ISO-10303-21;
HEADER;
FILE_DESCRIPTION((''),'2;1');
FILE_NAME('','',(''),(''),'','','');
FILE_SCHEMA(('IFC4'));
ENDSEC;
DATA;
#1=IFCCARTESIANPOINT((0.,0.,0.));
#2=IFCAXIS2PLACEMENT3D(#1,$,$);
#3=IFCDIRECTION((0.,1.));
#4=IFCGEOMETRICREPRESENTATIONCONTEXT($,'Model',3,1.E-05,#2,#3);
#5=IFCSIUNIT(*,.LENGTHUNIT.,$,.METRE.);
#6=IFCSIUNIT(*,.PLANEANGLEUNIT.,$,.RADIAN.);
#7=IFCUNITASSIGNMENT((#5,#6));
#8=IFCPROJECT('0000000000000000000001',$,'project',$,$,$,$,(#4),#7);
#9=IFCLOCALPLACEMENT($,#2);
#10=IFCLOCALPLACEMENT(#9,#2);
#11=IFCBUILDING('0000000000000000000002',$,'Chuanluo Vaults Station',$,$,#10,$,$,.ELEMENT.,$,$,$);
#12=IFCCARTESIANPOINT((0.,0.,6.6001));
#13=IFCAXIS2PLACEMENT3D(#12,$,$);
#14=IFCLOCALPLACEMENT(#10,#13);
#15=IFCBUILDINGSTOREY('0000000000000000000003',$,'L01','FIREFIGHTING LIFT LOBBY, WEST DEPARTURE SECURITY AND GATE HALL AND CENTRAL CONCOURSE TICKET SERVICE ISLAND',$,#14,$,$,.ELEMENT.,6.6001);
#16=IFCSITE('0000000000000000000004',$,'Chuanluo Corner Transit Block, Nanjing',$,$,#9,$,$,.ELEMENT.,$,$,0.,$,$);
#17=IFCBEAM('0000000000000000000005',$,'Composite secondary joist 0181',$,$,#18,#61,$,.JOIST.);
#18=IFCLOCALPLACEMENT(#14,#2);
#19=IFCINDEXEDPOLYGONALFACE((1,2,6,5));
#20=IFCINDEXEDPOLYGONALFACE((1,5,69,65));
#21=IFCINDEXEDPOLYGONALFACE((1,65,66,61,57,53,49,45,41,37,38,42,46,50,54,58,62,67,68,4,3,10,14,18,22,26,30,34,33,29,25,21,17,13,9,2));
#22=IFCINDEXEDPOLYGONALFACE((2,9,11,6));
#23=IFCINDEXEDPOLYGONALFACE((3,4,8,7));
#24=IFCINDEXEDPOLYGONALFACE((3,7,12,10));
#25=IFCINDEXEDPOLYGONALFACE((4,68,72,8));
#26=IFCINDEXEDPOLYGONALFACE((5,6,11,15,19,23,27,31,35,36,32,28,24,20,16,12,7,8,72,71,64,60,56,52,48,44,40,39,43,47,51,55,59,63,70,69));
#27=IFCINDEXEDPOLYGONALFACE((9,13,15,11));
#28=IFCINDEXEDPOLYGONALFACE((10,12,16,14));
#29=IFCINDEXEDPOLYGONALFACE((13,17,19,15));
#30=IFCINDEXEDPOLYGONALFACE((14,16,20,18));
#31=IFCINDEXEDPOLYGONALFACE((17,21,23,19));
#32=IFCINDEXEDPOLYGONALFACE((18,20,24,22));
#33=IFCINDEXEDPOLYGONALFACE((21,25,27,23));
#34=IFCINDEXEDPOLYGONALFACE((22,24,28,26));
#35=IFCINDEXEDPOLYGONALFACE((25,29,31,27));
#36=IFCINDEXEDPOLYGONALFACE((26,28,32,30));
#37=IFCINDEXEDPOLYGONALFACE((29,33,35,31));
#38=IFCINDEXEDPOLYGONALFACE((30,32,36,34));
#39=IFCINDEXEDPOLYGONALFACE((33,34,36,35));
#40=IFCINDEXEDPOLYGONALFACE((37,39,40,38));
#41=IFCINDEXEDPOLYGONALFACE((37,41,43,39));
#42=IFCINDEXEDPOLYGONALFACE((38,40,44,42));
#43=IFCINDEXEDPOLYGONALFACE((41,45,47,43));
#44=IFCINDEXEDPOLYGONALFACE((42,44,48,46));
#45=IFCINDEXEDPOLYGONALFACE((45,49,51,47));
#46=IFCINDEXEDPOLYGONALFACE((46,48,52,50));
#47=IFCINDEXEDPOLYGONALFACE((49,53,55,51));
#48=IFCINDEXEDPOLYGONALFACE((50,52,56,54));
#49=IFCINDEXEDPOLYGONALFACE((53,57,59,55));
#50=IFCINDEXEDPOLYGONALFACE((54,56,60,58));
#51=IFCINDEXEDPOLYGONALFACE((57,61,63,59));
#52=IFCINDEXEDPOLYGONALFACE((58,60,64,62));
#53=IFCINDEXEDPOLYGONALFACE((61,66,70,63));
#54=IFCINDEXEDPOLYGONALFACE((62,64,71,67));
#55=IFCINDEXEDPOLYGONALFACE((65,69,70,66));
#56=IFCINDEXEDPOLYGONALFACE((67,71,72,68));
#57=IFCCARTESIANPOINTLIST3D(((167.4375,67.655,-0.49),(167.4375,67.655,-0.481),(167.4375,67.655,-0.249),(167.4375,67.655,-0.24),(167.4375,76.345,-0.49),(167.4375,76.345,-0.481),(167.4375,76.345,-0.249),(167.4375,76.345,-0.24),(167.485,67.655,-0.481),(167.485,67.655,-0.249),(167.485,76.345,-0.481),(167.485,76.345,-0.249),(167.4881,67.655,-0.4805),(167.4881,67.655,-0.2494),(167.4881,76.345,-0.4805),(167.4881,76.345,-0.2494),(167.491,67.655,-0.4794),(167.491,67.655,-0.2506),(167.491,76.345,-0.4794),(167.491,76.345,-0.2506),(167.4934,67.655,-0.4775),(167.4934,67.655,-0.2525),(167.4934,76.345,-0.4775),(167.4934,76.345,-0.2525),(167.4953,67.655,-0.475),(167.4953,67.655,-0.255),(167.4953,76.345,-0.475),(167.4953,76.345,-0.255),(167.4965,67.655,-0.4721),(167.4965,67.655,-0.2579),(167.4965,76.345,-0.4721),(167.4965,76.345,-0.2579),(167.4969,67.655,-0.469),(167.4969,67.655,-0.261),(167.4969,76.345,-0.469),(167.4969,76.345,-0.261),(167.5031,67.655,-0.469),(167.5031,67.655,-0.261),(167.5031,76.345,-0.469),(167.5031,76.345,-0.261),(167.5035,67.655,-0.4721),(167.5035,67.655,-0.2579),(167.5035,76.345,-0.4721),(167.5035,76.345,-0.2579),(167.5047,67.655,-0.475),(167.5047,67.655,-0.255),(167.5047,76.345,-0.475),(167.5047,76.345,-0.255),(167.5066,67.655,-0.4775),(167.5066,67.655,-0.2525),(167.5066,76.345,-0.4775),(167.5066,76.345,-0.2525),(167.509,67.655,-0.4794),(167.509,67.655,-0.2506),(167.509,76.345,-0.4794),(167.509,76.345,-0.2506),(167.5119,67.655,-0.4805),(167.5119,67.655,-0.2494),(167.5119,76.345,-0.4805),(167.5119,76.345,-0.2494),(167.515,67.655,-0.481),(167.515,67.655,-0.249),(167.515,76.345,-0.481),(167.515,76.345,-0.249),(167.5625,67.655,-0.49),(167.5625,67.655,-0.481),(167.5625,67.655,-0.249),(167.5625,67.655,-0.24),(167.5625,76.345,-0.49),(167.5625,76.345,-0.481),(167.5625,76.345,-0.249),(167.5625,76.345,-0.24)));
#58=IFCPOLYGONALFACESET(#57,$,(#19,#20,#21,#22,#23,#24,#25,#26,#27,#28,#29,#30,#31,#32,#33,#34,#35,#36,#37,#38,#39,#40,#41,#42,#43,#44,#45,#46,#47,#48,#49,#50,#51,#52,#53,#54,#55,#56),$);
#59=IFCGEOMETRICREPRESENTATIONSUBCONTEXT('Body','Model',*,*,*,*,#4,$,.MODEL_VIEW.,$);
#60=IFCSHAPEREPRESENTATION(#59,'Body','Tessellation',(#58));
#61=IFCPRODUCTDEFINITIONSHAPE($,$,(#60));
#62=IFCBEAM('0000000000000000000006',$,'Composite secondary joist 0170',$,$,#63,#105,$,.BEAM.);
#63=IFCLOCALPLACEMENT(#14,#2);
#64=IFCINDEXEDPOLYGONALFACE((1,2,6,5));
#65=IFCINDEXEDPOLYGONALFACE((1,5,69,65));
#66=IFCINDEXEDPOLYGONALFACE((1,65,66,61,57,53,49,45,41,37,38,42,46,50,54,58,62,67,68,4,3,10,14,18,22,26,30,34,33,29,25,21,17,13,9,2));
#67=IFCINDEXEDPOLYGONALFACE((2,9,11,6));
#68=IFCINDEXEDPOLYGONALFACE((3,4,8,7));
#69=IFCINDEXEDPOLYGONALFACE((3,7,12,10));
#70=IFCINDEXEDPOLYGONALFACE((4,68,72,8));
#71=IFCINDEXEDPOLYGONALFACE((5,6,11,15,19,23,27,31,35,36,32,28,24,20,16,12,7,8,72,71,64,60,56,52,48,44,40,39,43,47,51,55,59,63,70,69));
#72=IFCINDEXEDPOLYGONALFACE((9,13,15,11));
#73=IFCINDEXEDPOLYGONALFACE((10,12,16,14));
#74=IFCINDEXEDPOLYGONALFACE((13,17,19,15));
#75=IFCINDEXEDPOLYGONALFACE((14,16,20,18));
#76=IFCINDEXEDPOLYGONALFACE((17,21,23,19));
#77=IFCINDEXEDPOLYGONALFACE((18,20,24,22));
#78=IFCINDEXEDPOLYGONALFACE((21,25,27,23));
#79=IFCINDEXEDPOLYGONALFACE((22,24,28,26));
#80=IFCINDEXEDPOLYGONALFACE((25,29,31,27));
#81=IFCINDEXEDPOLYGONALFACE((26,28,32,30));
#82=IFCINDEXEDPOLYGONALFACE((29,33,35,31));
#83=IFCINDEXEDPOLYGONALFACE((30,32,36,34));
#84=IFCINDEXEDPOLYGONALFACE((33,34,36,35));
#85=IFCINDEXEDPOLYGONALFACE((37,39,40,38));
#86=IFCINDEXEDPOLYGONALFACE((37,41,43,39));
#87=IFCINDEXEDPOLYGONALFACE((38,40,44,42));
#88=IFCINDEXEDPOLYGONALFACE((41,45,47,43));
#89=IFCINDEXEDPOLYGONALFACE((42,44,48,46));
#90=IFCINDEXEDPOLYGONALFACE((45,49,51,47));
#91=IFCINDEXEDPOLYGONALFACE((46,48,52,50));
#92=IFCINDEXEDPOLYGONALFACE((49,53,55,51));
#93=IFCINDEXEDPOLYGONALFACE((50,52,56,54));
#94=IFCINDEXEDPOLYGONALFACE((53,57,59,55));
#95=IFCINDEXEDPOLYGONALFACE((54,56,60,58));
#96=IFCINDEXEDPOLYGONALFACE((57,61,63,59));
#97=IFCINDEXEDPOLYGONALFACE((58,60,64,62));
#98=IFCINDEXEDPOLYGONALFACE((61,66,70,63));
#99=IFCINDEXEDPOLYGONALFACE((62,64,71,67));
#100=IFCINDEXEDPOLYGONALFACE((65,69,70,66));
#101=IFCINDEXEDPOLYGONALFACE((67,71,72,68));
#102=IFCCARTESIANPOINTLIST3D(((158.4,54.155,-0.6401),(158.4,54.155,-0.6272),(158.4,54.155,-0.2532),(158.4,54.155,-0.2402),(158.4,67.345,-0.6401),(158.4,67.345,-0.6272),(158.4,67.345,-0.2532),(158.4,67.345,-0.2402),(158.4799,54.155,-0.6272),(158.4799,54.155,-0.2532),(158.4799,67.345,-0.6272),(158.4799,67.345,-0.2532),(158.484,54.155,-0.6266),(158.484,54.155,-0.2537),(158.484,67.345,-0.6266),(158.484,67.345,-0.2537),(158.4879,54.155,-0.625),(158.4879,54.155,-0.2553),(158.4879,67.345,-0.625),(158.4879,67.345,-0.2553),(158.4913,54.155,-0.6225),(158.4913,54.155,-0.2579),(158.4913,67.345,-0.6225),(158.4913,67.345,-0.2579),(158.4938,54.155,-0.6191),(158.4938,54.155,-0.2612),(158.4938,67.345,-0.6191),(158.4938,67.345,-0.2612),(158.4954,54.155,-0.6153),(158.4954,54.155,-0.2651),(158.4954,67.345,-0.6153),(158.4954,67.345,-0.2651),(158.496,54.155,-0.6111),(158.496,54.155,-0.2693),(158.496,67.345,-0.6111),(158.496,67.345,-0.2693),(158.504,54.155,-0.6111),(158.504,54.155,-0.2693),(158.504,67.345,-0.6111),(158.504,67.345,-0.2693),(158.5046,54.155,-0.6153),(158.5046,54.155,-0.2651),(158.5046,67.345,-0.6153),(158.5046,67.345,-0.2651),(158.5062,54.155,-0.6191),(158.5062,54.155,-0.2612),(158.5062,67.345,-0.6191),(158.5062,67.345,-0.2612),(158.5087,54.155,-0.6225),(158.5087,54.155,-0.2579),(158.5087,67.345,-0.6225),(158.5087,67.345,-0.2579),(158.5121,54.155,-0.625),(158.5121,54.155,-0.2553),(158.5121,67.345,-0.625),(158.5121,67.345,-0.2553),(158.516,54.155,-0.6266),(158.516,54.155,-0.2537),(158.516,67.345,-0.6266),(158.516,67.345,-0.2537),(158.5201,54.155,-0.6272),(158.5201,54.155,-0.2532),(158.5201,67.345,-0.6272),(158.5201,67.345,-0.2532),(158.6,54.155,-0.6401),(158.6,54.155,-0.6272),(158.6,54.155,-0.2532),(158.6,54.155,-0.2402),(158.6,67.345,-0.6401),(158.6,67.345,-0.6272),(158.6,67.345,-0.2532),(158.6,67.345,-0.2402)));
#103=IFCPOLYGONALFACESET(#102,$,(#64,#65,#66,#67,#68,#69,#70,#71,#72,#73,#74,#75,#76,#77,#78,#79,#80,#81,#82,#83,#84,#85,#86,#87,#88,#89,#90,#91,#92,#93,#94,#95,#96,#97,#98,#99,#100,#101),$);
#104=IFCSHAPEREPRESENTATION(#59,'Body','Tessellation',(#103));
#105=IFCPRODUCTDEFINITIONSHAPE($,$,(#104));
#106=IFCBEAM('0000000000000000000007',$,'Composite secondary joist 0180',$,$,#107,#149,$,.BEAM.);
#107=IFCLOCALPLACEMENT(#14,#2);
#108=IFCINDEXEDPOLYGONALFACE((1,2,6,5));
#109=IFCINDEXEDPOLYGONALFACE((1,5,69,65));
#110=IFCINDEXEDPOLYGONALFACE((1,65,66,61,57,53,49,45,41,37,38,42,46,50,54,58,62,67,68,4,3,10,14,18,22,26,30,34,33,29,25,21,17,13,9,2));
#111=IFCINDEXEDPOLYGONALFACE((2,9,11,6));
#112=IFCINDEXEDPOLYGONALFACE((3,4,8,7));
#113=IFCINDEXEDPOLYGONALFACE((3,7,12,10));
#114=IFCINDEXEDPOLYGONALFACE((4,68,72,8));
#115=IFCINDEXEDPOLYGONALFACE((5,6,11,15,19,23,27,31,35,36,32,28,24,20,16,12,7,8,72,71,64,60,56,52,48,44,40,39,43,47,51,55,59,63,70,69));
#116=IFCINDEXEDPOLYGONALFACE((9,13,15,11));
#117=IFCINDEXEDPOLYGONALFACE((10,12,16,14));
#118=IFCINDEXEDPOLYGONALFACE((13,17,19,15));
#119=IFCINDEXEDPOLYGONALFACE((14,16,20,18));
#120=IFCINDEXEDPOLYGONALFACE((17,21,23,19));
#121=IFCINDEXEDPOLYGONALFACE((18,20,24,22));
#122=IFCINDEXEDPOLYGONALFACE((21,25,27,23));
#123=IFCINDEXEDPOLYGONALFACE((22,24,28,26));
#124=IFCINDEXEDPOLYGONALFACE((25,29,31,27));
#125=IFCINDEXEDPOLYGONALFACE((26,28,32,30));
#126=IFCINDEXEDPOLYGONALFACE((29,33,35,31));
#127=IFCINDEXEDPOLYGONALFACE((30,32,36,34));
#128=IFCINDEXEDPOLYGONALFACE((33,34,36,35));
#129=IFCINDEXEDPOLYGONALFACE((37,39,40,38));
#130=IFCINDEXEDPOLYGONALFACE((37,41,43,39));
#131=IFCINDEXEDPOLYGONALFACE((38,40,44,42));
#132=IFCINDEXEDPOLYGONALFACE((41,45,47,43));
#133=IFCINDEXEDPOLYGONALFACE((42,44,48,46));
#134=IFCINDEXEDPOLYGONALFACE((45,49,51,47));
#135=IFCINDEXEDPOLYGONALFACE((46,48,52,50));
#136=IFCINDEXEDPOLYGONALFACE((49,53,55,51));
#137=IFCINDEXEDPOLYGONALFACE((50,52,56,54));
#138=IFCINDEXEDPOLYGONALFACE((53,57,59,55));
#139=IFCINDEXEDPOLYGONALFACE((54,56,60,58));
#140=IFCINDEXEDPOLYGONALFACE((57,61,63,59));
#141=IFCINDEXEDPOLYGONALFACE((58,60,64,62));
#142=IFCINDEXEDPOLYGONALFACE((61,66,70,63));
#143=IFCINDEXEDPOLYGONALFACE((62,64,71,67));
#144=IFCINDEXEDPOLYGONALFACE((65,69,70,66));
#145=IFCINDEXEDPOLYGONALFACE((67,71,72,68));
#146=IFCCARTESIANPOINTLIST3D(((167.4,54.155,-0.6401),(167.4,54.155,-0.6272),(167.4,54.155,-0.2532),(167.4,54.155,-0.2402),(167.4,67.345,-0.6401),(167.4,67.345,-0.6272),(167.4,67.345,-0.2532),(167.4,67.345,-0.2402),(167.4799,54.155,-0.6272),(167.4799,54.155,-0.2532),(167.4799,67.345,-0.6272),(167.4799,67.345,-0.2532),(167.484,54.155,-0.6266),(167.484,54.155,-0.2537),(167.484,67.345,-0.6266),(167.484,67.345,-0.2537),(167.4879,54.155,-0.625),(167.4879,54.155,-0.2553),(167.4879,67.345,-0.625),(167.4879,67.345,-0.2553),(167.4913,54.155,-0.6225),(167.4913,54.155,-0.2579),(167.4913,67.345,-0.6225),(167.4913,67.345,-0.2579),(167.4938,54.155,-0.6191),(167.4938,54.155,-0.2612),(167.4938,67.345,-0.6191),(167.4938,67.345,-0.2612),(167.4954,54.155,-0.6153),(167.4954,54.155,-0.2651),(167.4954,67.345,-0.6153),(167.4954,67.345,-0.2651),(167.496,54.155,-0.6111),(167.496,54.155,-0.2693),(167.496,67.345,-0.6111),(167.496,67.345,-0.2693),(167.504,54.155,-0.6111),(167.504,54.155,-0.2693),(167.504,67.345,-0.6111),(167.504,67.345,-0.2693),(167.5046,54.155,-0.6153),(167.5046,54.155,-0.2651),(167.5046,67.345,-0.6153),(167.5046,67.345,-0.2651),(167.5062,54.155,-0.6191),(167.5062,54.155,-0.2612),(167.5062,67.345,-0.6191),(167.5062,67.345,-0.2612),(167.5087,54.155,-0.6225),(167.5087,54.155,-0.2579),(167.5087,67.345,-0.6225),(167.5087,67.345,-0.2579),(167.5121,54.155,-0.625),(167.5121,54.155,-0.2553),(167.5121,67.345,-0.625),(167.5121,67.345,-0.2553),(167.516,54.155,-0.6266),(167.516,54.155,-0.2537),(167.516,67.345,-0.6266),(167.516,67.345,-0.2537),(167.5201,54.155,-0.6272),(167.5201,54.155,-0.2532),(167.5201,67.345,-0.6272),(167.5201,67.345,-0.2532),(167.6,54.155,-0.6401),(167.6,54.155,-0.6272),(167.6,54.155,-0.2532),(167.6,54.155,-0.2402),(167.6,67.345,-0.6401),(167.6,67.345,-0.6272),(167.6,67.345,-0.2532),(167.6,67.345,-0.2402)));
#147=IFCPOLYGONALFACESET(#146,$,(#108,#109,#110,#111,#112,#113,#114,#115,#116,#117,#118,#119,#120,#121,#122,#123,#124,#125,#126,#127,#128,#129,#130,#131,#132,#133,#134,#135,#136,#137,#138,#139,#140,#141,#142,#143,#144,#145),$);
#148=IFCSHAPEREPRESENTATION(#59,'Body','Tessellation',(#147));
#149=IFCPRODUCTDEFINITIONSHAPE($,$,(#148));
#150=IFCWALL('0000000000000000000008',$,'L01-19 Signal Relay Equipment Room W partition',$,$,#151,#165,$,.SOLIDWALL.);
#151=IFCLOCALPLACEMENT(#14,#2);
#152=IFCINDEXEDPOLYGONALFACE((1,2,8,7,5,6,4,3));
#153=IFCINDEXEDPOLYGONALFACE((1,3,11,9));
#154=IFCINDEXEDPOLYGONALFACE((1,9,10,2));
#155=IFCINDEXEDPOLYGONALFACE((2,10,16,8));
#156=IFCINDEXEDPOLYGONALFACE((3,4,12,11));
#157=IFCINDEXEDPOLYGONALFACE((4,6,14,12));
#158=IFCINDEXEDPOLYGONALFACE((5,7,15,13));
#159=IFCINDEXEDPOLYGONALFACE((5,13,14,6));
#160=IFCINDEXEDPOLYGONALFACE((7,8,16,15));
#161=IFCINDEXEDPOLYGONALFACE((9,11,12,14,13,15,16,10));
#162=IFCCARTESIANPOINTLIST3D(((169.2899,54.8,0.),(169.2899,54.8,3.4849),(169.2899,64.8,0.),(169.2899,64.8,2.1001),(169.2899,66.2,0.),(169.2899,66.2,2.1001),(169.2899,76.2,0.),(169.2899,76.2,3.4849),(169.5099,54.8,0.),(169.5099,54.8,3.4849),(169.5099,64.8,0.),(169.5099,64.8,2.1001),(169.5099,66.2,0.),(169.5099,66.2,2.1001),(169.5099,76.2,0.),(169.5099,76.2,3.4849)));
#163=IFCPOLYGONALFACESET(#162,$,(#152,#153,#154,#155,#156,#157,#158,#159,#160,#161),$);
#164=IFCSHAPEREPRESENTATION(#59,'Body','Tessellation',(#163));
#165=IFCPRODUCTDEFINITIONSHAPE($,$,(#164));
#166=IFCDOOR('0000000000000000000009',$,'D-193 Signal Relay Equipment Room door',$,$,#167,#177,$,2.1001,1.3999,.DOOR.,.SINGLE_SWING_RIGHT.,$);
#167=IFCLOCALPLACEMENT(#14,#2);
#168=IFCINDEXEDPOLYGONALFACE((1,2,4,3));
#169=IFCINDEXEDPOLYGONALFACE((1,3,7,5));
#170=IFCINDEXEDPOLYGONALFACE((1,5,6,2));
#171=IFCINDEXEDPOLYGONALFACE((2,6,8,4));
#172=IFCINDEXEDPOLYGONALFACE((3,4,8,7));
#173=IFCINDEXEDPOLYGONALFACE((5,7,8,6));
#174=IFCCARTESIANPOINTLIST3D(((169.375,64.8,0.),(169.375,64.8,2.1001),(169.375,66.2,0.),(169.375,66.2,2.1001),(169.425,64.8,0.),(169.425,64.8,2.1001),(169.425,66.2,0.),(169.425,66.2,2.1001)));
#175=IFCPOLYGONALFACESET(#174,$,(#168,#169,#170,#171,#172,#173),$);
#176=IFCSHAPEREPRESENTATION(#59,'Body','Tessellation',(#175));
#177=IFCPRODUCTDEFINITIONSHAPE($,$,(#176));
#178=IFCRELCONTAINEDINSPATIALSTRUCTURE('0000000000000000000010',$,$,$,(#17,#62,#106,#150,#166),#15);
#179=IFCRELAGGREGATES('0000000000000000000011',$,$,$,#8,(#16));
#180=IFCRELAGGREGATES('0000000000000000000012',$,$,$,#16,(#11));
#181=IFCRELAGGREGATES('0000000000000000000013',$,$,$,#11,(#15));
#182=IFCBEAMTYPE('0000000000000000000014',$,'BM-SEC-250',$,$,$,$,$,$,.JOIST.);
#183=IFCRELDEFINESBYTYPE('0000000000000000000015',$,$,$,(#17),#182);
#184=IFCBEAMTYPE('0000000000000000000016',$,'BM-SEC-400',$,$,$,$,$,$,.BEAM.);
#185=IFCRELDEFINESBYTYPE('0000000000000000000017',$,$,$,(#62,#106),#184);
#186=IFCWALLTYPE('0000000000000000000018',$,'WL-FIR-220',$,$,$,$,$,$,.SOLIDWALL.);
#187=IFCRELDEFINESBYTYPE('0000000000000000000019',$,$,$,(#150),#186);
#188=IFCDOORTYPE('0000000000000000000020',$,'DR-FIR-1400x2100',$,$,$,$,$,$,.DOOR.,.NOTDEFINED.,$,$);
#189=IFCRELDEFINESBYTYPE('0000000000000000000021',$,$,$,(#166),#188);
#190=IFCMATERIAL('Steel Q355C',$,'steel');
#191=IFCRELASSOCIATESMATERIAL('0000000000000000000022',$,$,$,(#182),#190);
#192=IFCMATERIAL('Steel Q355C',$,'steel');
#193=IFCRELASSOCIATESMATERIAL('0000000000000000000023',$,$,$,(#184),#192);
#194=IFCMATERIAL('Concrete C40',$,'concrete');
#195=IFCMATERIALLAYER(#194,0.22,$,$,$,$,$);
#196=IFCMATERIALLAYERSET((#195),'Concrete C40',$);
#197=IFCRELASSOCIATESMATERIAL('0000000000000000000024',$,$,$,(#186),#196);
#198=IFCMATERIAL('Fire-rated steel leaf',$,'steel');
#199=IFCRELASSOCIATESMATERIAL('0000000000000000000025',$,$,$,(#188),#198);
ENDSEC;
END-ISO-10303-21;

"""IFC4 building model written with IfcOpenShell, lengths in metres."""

from ifc_helpers import new_model, si_unit, direction, frame, frame_2d, origin, origin_2d, place, context, subcontext, project, spatial, rectangle, i_section, extrude, material, layer, layer_set, material_profile, profile_set, type_object, element, fill, save


model = new_model("IFC4")

# Units and contexts
model_context = context("Model", 3, precision=1e-05, world=origin(), true_north=direction((0.0, 1.0)))
body_context = subcontext(model_context, "Body", "Model", "MODEL_VIEW")
ifc_project = project(units=[si_unit("LENGTHUNIT", "METRE"), si_unit("PLANEANGLEUNIT", "RADIAN")], contexts=[model_context])

# Site, building, storey
site_placement = place(None, origin())
site = spatial("IfcSite", under=ifc_project, at=site_placement, Name="Chuanluo Corner Transit Block, Nanjing", CompositionType="ELEMENT", RefElevation=0.0)
building_placement = place(site_placement, origin())
building = spatial("IfcBuilding", under=site, at=building_placement, Name="Chuanluo Vaults Station", CompositionType="ELEMENT")
storey_placement = place(building_placement, frame((0.0, 0.0, 6.6001)))
storey = spatial("IfcBuildingStorey", under=building, at=storey_placement, Name="L01", Description="FIREFIGHTING LIFT LOBBY, WEST DEPARTURE SECURITY AND GATE HALL AND CENTRAL CONCOURSE TICKET SERVICE ISLAND", CompositionType="ELEMENT", Elevation=6.6001)

# Beams
ifc_material_1 = material(Name="Steel Q355C", Category="steel")
ifc_material_profile_1 = material_profile(ifc_material_1, i_section(OverallWidth=0.125, OverallDepth=0.25, WebThickness=0.0061, FlangeThickness=0.009, FilletRadius=0.012, at=origin_2d()))
ifc_profile_set_1 = profile_set([ifc_material_profile_1], Name="Steel Q355C")
beam_type_1 = type_object("IfcBeamType", Name="BM-SEC-250", PredefinedType="JOIST", material=ifc_profile_set_1)
for number, where, z_axis, x_axis, name in (
    (1, (167.5, 67.655, -0.365), (0.0, 1.0, 0.0), (-1.0, 0.0, 0.0), "Composite secondary joist 0181"),
):
    element("IfcBeam", number, at=place(storey_placement, frame(where, z_axis=z_axis, x_axis=x_axis)), inside=storey, type_object=beam_type_1, Name=name, PredefinedType="JOIST", context=body_context, shape_type="SweptSolid", body=[
        extrude(i_section(OverallWidth=0.125, OverallDepth=0.25, WebThickness=0.0061, FlangeThickness=0.009, FilletRadius=0.012, at=origin_2d()), origin(), (0.0, 0.0, 1.0), 8.6899),
    ])
ifc_material_2 = material(Name="Steel Q355C", Category="steel")
ifc_material_profile_2 = material_profile(ifc_material_2, i_section(OverallWidth=0.2, OverallDepth=0.3999, WebThickness=0.0081, FlangeThickness=0.0129, FilletRadius=0.0161, at=origin_2d()))
ifc_profile_set_2 = profile_set([ifc_material_profile_2], Name="Steel Q355C")
beam_type_2 = type_object("IfcBeamType", Name="BM-SEC-400", PredefinedType="BEAM", material=ifc_profile_set_2)
for number, where, z_axis, x_axis, name in (
    (2, (158.5, 54.155, -0.4402), (0.0, 1.0, 0.0), (-1.0, 0.0, 0.0), "Composite secondary joist 0170"),
    (3, (167.5, 54.155, -0.4402), (0.0, 1.0, 0.0), (-1.0, 0.0, 0.0), "Composite secondary joist 0180"),
):
    element("IfcBeam", number, at=place(storey_placement, frame(where, z_axis=z_axis, x_axis=x_axis)), inside=storey, type_object=beam_type_2, Name=name, PredefinedType="BEAM", context=body_context, shape_type="SweptSolid", body=[
        extrude(i_section(OverallWidth=0.2, OverallDepth=0.3999, WebThickness=0.0081, FlangeThickness=0.0129, FilletRadius=0.0161, at=origin_2d()), origin(), (0.0, 0.0, 1.0), 13.1899),
    ])

# Wall, opening, door
ifc_material_3 = material(Name="Concrete C40", Category="concrete")
ifc_layer_1 = layer(ifc_material_3, 0.22)
ifc_layer_set_1 = layer_set([ifc_layer_1], Name="Concrete C40")
wall_type_1 = type_object("IfcWallType", Name="WL-FIR-220", PredefinedType="SOLIDWALL", material=ifc_layer_set_1)
wall_1_placement = place(storey_placement, frame((169.3999, 54.8, 0.0), z_axis=(0.0, 0.0, 1.0), x_axis=(0.0, 1.0, 0.0)))
wall_1 = element("IfcWall", 4, at=wall_1_placement, inside=storey, type_object=wall_type_1, Name="L01-19 Signal Relay Equipment Room W partition", PredefinedType="SOLIDWALL", context=body_context, shape_type="SweptSolid", body=[
    extrude(rectangle(XDim=21.3999, YDim=0.22, at=frame_2d((10.7, 0.0))), origin(), (0.0, 0.0, 1.0), 3.4849),
])
opening_1_placement = place(wall_1_placement, frame((10.0, 0.0, 0.0)))
opening_1 = element("IfcOpeningElement", 5, at=opening_1_placement, cuts=wall_1, PredefinedType="OPENING", context=body_context, shape_type="SweptSolid", body=[
    extrude(rectangle(XDim=1.3999, YDim=2.1001, at=frame_2d((0.7, 1.05))), frame((0.0, 0.1199, 0.0), z_axis=(0.0, -1.0, 0.0), x_axis=(1.0, 0.0, 0.0)), (0.0, 0.0, 1.0), 0.24),
])
ifc_material_4 = material(Name="Fire-rated steel leaf", Category="steel")
door_type_1 = type_object("IfcDoorType", Name="DR-FIR-1400x2100", OperationType="NOTDEFINED", PredefinedType="DOOR", material=ifc_material_4)
door_1_placement = place(opening_1_placement, origin())
door_1 = element("IfcDoor", 6, at=door_1_placement, inside=storey, type_object=door_type_1, Name="D-193 Signal Relay Equipment Room door", OperationType="SINGLE_SWING_RIGHT", OverallHeight=2.1001, OverallWidth=1.3999, PredefinedType="DOOR", context=body_context, shape_type="SweptSolid", body=[
    extrude(rectangle(XDim=1.3999, YDim=2.1001, at=frame_2d((0.7, 1.05))), frame((0.0, 0.0249, 0.0), z_axis=(0.0, -1.0, 0.0), x_axis=(1.0, 0.0, 0.0)), (0.0, 0.0, 1.0), 0.05),
])
fill(opening_1, door_1)

save(model, "model.ifc")
